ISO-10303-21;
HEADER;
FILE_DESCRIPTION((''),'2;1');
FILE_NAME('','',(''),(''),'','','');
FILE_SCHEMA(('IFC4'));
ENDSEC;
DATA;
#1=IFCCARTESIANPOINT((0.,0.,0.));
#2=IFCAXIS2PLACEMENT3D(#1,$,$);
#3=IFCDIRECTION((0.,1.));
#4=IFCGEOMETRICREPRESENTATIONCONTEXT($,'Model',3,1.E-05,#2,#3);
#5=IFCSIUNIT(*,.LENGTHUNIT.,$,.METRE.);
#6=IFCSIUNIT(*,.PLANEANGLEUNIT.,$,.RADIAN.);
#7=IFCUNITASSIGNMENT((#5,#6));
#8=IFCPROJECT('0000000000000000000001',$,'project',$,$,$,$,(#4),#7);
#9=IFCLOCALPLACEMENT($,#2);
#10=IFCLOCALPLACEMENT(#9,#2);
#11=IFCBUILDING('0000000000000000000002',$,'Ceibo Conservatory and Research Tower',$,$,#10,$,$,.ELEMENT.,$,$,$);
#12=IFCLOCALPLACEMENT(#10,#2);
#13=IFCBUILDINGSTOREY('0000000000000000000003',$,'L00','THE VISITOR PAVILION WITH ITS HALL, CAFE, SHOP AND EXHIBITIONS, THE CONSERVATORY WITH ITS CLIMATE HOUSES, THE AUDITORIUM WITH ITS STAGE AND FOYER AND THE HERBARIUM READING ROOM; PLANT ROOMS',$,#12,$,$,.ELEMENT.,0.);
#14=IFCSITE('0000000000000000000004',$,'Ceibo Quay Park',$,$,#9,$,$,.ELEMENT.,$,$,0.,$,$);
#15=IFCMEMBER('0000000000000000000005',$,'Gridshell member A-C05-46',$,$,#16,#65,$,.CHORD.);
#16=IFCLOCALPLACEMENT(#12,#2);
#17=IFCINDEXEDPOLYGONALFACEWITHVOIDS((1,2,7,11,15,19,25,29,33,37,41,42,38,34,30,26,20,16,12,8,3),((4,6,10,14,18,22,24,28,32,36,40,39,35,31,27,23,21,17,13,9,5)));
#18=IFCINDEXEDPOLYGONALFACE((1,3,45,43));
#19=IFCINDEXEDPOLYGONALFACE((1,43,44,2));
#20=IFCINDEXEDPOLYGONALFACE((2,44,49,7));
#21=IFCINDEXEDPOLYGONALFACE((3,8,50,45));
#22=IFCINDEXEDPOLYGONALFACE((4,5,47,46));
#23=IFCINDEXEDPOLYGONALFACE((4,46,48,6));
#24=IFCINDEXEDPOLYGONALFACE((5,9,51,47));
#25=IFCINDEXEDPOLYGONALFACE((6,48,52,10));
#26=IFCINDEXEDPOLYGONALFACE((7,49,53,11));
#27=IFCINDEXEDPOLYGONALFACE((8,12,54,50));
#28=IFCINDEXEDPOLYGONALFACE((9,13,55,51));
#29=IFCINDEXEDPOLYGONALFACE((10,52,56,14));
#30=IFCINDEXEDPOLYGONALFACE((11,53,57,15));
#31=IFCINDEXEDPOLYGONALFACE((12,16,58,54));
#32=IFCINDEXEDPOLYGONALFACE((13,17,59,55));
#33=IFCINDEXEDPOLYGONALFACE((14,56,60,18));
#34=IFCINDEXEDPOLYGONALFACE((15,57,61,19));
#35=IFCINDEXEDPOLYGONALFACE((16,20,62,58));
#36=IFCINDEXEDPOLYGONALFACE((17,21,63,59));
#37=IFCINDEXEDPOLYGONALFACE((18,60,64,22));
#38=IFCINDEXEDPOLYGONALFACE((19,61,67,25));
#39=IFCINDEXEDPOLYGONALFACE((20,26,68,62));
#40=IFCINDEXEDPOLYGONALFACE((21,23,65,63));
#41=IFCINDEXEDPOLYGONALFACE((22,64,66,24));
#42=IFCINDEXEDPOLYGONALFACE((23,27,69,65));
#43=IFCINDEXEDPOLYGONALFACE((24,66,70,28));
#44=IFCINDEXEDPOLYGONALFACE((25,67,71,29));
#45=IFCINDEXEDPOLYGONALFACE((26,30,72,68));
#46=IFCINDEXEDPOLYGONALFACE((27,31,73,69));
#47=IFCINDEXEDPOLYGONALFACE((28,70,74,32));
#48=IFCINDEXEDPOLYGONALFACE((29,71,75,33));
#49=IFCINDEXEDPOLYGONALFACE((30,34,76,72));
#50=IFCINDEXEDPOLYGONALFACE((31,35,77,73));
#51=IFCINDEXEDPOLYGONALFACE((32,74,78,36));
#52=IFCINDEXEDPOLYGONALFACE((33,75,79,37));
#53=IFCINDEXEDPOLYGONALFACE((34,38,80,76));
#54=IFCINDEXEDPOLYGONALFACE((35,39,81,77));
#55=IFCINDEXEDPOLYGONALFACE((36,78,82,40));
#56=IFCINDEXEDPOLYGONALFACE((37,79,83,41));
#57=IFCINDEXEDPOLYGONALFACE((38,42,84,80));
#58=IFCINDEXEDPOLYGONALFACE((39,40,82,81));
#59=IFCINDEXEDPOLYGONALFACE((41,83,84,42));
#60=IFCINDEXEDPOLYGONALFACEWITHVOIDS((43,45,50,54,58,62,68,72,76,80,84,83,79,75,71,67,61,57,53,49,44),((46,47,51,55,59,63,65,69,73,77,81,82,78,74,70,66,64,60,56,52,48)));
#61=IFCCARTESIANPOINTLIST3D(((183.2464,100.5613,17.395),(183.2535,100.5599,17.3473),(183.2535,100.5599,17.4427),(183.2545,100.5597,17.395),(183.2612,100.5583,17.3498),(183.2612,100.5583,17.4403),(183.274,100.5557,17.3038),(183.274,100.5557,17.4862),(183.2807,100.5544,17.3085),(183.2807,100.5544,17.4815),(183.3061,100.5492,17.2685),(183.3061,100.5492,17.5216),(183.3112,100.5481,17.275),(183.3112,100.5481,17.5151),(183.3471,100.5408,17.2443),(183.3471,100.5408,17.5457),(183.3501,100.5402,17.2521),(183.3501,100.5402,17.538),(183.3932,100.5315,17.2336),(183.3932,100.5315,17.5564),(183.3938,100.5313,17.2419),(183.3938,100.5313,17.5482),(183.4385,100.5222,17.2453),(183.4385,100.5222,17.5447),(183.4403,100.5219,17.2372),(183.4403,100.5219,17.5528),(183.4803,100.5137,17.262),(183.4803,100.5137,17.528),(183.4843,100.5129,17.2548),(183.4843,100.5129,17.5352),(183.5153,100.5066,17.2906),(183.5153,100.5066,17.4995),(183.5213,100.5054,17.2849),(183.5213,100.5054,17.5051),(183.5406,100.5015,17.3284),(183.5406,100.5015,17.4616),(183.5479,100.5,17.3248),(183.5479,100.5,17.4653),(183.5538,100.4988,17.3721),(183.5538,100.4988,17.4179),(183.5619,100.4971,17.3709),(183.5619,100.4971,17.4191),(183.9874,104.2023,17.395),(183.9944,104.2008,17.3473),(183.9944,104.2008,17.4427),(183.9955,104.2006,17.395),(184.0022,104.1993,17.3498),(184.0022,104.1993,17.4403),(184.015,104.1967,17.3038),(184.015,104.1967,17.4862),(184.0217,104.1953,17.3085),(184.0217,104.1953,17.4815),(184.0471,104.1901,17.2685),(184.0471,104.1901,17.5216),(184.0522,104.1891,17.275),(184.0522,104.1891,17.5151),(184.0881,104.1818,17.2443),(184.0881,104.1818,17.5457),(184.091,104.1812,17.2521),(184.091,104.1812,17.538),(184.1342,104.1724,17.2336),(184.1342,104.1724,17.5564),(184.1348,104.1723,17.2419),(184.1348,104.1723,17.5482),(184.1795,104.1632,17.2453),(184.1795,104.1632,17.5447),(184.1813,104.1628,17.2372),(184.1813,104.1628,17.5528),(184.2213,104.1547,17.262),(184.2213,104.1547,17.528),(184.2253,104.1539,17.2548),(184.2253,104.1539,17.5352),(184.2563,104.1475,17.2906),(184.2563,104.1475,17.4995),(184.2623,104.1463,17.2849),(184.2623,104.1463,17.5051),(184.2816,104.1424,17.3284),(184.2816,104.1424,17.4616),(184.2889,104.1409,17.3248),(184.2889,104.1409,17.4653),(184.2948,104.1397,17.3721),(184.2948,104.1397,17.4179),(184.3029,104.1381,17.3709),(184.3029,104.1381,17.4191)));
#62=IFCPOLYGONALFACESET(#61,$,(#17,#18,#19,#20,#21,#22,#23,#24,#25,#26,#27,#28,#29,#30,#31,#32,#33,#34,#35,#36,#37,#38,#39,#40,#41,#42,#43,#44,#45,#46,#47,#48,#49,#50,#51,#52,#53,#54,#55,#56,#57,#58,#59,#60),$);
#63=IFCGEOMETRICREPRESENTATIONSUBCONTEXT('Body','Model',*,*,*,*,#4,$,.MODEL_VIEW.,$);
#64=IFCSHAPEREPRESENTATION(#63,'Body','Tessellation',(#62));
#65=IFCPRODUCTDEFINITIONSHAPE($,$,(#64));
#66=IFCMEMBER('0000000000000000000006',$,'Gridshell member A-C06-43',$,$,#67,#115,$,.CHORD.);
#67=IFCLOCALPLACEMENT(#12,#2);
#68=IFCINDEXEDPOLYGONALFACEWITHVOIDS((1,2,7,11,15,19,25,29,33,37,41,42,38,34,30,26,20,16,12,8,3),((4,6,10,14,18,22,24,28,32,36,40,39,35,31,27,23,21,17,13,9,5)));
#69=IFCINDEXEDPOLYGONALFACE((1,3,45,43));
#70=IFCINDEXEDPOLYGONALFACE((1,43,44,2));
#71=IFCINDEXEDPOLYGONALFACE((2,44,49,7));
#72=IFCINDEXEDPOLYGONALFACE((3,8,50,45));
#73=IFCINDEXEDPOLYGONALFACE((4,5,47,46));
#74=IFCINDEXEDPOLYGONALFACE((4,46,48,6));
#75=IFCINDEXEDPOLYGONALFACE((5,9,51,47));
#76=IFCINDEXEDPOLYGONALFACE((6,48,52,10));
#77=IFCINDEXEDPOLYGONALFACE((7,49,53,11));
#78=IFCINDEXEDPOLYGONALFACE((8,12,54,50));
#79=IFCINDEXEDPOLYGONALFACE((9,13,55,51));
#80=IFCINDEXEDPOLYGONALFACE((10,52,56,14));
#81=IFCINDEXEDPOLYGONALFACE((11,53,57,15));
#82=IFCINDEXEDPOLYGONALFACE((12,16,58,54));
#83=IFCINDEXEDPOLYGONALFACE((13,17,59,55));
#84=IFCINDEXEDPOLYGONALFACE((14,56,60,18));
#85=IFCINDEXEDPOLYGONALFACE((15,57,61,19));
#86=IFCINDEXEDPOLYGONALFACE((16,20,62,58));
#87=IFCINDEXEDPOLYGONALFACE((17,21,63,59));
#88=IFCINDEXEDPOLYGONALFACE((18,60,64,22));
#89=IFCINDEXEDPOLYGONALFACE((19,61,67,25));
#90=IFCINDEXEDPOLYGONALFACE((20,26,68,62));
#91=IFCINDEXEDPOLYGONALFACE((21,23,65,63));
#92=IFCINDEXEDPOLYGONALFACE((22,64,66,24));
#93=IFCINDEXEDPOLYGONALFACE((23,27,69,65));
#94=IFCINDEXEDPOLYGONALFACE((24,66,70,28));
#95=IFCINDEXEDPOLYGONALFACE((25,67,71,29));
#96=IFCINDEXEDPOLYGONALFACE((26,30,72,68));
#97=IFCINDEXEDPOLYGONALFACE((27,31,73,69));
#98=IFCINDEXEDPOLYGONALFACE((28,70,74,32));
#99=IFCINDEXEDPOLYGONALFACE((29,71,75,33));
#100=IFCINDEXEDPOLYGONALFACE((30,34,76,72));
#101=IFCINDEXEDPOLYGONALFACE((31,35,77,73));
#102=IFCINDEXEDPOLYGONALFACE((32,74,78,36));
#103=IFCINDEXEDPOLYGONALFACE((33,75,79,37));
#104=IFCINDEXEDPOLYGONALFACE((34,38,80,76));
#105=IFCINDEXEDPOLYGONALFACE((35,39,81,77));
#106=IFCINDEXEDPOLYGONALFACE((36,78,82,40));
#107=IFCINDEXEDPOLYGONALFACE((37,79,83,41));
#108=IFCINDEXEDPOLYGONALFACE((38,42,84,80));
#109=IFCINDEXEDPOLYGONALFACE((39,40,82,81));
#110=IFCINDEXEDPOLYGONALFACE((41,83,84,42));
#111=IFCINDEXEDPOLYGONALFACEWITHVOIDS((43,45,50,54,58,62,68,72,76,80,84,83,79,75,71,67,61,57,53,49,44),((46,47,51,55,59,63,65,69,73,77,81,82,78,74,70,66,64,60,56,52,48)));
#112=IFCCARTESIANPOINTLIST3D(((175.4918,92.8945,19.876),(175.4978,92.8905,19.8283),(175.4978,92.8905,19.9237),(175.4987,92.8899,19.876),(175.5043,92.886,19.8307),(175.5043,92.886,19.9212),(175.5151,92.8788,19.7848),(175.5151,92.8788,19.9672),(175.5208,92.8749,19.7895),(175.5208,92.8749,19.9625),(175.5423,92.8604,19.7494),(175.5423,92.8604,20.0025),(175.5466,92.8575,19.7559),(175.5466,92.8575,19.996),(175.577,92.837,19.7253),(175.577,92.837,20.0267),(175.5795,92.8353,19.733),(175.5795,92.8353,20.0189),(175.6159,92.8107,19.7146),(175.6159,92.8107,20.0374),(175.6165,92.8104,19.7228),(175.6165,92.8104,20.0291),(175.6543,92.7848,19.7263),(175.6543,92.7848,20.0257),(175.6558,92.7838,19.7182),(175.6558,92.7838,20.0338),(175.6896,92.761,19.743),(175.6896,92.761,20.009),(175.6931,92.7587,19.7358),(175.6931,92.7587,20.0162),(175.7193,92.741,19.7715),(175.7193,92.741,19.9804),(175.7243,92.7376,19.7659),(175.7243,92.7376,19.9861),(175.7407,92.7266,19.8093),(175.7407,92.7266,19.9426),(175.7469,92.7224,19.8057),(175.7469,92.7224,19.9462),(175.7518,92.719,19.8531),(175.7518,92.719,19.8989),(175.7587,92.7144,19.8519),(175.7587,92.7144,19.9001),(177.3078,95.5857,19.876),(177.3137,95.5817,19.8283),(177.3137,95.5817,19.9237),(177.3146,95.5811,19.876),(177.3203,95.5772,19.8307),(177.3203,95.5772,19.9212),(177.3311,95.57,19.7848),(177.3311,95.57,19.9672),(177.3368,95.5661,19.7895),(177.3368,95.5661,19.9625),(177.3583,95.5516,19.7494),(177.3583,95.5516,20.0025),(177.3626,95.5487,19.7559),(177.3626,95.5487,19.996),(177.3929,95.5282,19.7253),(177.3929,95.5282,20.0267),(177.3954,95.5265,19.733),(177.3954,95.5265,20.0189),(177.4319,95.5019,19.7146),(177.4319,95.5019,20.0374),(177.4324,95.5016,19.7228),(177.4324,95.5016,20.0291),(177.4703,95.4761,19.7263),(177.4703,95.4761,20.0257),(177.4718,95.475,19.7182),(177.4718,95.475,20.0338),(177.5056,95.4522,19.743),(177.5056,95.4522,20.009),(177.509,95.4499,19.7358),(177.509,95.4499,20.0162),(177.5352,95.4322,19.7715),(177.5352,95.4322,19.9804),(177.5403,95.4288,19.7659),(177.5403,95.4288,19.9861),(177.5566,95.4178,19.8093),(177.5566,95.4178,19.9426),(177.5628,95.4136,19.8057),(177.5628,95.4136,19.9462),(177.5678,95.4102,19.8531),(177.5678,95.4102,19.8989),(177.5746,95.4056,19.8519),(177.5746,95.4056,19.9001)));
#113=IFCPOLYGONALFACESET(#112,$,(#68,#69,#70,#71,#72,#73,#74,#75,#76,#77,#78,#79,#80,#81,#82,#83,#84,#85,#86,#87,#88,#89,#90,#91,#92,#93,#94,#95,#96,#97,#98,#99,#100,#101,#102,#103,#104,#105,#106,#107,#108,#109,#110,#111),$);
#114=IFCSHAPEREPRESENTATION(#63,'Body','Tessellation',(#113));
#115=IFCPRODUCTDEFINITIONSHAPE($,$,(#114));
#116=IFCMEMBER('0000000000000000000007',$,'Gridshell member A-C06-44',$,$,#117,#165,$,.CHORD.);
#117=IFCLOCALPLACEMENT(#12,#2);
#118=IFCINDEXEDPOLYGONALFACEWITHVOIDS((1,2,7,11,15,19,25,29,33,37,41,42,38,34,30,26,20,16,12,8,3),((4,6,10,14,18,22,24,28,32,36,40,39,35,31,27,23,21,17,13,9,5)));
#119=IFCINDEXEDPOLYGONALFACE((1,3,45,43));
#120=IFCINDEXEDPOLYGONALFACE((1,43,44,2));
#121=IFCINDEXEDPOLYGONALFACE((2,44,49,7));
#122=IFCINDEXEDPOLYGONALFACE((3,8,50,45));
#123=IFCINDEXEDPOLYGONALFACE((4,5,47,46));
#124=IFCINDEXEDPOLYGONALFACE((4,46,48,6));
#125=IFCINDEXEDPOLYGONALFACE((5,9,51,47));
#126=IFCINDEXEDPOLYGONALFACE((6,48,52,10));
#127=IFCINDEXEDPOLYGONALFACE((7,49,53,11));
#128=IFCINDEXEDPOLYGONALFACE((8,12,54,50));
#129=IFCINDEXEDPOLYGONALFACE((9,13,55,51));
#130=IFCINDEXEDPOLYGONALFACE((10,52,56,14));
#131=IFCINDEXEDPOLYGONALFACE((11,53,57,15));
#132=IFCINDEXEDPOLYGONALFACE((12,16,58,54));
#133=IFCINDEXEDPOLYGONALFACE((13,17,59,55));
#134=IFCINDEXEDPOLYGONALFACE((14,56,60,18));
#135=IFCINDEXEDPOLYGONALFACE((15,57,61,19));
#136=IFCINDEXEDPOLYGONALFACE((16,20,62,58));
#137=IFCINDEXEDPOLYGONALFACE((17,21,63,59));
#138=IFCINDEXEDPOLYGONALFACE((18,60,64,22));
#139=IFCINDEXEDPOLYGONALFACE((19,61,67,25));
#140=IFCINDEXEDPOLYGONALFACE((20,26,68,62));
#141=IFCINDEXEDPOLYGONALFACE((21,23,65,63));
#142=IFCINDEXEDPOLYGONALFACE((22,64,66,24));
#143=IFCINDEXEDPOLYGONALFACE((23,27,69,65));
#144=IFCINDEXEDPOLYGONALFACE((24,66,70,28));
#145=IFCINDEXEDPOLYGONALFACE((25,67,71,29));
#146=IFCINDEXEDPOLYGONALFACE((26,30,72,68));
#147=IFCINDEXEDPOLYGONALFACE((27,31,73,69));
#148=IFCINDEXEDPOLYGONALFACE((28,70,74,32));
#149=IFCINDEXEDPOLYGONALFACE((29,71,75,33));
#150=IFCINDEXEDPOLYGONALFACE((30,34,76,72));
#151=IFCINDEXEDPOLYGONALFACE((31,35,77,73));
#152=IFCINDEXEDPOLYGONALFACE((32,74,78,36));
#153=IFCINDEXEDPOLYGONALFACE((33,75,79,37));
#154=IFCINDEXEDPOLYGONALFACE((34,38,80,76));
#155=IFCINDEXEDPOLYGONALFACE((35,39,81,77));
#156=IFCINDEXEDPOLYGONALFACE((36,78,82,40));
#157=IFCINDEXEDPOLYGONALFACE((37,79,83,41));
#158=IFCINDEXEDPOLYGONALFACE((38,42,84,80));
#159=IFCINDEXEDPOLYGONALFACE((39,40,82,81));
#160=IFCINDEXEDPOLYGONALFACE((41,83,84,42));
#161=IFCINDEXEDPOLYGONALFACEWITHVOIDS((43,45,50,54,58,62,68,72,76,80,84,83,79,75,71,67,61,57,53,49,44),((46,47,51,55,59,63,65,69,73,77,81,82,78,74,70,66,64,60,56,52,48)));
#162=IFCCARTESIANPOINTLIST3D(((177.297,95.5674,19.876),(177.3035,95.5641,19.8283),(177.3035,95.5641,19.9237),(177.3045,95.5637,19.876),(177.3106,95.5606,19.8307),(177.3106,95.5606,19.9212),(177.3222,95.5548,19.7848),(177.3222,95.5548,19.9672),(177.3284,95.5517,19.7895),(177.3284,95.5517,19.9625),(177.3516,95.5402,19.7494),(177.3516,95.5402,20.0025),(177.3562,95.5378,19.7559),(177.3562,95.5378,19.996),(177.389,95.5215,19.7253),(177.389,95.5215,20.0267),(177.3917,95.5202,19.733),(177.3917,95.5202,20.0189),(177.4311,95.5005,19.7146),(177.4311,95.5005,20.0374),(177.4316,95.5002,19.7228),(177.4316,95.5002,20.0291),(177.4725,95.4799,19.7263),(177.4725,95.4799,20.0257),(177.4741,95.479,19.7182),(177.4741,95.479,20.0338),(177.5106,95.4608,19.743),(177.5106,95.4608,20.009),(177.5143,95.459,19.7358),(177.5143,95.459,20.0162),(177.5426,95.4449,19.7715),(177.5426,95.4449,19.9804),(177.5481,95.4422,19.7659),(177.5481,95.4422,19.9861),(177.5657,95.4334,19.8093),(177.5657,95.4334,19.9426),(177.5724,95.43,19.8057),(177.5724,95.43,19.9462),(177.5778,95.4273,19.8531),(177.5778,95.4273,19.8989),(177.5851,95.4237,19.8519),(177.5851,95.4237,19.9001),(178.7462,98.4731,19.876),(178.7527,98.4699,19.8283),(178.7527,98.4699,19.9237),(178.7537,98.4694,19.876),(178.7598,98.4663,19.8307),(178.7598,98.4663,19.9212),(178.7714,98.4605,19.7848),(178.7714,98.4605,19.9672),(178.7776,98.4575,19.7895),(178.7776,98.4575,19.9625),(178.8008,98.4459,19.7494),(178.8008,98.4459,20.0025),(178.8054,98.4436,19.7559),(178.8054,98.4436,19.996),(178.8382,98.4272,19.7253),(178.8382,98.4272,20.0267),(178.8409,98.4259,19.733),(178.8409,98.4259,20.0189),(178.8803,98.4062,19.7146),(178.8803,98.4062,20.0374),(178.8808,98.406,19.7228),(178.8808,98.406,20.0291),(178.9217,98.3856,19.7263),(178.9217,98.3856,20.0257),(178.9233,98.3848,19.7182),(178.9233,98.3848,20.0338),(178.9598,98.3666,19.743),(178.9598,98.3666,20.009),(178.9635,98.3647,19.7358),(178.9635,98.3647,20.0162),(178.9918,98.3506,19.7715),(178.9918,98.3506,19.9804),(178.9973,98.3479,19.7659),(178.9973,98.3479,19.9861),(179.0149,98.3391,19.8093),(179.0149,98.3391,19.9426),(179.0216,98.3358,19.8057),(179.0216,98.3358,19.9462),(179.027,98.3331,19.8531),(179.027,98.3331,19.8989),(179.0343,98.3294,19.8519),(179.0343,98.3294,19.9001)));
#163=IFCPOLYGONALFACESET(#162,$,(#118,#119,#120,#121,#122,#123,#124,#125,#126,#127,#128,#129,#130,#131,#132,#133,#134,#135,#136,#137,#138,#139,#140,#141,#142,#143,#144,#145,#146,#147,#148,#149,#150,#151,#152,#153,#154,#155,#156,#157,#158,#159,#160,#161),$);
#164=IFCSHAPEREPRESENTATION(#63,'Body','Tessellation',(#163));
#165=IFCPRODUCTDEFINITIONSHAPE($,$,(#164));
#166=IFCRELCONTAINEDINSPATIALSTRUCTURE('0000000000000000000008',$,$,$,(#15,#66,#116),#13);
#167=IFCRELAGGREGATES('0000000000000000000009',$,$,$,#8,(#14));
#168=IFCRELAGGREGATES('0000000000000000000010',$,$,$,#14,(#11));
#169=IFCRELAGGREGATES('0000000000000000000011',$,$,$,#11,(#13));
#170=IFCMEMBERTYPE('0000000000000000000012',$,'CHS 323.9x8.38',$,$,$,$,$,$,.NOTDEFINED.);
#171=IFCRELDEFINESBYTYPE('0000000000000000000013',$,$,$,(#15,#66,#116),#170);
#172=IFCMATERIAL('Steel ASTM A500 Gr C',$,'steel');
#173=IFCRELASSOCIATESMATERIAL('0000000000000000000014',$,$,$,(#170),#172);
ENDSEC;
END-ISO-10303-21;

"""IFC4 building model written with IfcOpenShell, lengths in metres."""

from ifc_helpers import new_model, si_unit, direction, frame, origin, origin_2d, place, context, subcontext, project, spatial, hollow_circle, extrude, material, material_profile, profile_set, type_object, element, save


model = new_model("IFC4")

# Units and contexts
model_context = context("Model", 3, precision=1e-05, world=origin(), true_north=direction((0.0, 1.0)))
body_context = subcontext(model_context, "Body", "Model", "MODEL_VIEW")
ifc_project = project(units=[si_unit("LENGTHUNIT", "METRE"), si_unit("PLANEANGLEUNIT", "RADIAN")], contexts=[model_context])

# Site, building, storey
site_placement = place(None, origin())
site = spatial("IfcSite", under=ifc_project, at=site_placement, Name="Ceibo Quay Park", CompositionType="ELEMENT", RefElevation=0.0)
building_placement = place(site_placement, origin())
building = spatial("IfcBuilding", under=site, at=building_placement, Name="Ceibo Conservatory and Research Tower", CompositionType="ELEMENT")
storey_placement = place(building_placement, origin())
storey = spatial("IfcBuildingStorey", under=building, at=storey_placement, Name="L00", Description="THE VISITOR PAVILION WITH ITS HALL, CAFE, SHOP AND EXHIBITIONS, THE CONSERVATORY WITH ITS CLIMATE HOUSES, THE AUDITORIUM WITH ITS STAGE AND FOYER AND THE HERBARIUM READING ROOM; PLANT ROOMS", CompositionType="ELEMENT", Elevation=0.0)

# Members
ifc_material_1 = material(Name="Steel ASTM A500 Gr C", Category="steel")
ifc_material_profile_1 = material_profile(ifc_material_1, hollow_circle(Radius=0.1619, WallThickness=0.0083, at=origin_2d()), Name="CHS 323.9x8.38")
ifc_profile_set_1 = profile_set([ifc_material_profile_1], Name="Steel ASTM A500 Gr C")
member_type_1 = type_object("IfcMemberType", Name="CHS 323.9x8.38", PredefinedType="NOTDEFINED", material=ifc_profile_set_1)
member_1_placement = place(storey_placement, frame((183.405, 100.5291, 17.395), z_axis=(0.199426, 0.979913, 0.0), x_axis=(-0.979913, 0.199426, 0.0)))
element("IfcMember", 1, at=member_1_placement, inside=storey, type_object=member_type_1, Name="Gridshell member A-C05-46", PredefinedType="CHORD", context=body_context, shape_type="SweptSolid", body=[
    extrude(hollow_circle(Radius=0.1619, WallThickness=0.0083, at=origin_2d()), origin(), (0.0, 0.0, 1.0), 3.7156),
])
member_2_placement = place(storey_placement, frame((175.626, 92.804, 19.876), z_axis=(0.559342, 0.828937, 0.0), x_axis=(-0.828937, 0.559342, 0.0)))
element("IfcMember", 2, at=member_2_placement, inside=storey, type_object=member_type_1, Name="Gridshell member A-C06-43", PredefinedType="CHORD", context=body_context, shape_type="SweptSolid", body=[
    extrude(hollow_circle(Radius=0.1619, WallThickness=0.0083, at=origin_2d()), origin(), (0.0, 0.0, 1.0), 3.2466),
])
member_3_placement = place(storey_placement, frame((177.4419, 95.4951, 19.876), z_axis=(0.446311, 0.894878, 0.0), x_axis=(-0.894878, 0.446311, 0.0)))
element("IfcMember", 3, at=member_3_placement, inside=storey, type_object=member_type_1, Name="Gridshell member A-C06-44", PredefinedType="CHORD", context=body_context, shape_type="SweptSolid", body=[
    extrude(hollow_circle(Radius=0.1619, WallThickness=0.0083, at=origin_2d()), origin(), (0.0, 0.0, 1.0), 3.2471),
])

save(model, "model.ifc")
